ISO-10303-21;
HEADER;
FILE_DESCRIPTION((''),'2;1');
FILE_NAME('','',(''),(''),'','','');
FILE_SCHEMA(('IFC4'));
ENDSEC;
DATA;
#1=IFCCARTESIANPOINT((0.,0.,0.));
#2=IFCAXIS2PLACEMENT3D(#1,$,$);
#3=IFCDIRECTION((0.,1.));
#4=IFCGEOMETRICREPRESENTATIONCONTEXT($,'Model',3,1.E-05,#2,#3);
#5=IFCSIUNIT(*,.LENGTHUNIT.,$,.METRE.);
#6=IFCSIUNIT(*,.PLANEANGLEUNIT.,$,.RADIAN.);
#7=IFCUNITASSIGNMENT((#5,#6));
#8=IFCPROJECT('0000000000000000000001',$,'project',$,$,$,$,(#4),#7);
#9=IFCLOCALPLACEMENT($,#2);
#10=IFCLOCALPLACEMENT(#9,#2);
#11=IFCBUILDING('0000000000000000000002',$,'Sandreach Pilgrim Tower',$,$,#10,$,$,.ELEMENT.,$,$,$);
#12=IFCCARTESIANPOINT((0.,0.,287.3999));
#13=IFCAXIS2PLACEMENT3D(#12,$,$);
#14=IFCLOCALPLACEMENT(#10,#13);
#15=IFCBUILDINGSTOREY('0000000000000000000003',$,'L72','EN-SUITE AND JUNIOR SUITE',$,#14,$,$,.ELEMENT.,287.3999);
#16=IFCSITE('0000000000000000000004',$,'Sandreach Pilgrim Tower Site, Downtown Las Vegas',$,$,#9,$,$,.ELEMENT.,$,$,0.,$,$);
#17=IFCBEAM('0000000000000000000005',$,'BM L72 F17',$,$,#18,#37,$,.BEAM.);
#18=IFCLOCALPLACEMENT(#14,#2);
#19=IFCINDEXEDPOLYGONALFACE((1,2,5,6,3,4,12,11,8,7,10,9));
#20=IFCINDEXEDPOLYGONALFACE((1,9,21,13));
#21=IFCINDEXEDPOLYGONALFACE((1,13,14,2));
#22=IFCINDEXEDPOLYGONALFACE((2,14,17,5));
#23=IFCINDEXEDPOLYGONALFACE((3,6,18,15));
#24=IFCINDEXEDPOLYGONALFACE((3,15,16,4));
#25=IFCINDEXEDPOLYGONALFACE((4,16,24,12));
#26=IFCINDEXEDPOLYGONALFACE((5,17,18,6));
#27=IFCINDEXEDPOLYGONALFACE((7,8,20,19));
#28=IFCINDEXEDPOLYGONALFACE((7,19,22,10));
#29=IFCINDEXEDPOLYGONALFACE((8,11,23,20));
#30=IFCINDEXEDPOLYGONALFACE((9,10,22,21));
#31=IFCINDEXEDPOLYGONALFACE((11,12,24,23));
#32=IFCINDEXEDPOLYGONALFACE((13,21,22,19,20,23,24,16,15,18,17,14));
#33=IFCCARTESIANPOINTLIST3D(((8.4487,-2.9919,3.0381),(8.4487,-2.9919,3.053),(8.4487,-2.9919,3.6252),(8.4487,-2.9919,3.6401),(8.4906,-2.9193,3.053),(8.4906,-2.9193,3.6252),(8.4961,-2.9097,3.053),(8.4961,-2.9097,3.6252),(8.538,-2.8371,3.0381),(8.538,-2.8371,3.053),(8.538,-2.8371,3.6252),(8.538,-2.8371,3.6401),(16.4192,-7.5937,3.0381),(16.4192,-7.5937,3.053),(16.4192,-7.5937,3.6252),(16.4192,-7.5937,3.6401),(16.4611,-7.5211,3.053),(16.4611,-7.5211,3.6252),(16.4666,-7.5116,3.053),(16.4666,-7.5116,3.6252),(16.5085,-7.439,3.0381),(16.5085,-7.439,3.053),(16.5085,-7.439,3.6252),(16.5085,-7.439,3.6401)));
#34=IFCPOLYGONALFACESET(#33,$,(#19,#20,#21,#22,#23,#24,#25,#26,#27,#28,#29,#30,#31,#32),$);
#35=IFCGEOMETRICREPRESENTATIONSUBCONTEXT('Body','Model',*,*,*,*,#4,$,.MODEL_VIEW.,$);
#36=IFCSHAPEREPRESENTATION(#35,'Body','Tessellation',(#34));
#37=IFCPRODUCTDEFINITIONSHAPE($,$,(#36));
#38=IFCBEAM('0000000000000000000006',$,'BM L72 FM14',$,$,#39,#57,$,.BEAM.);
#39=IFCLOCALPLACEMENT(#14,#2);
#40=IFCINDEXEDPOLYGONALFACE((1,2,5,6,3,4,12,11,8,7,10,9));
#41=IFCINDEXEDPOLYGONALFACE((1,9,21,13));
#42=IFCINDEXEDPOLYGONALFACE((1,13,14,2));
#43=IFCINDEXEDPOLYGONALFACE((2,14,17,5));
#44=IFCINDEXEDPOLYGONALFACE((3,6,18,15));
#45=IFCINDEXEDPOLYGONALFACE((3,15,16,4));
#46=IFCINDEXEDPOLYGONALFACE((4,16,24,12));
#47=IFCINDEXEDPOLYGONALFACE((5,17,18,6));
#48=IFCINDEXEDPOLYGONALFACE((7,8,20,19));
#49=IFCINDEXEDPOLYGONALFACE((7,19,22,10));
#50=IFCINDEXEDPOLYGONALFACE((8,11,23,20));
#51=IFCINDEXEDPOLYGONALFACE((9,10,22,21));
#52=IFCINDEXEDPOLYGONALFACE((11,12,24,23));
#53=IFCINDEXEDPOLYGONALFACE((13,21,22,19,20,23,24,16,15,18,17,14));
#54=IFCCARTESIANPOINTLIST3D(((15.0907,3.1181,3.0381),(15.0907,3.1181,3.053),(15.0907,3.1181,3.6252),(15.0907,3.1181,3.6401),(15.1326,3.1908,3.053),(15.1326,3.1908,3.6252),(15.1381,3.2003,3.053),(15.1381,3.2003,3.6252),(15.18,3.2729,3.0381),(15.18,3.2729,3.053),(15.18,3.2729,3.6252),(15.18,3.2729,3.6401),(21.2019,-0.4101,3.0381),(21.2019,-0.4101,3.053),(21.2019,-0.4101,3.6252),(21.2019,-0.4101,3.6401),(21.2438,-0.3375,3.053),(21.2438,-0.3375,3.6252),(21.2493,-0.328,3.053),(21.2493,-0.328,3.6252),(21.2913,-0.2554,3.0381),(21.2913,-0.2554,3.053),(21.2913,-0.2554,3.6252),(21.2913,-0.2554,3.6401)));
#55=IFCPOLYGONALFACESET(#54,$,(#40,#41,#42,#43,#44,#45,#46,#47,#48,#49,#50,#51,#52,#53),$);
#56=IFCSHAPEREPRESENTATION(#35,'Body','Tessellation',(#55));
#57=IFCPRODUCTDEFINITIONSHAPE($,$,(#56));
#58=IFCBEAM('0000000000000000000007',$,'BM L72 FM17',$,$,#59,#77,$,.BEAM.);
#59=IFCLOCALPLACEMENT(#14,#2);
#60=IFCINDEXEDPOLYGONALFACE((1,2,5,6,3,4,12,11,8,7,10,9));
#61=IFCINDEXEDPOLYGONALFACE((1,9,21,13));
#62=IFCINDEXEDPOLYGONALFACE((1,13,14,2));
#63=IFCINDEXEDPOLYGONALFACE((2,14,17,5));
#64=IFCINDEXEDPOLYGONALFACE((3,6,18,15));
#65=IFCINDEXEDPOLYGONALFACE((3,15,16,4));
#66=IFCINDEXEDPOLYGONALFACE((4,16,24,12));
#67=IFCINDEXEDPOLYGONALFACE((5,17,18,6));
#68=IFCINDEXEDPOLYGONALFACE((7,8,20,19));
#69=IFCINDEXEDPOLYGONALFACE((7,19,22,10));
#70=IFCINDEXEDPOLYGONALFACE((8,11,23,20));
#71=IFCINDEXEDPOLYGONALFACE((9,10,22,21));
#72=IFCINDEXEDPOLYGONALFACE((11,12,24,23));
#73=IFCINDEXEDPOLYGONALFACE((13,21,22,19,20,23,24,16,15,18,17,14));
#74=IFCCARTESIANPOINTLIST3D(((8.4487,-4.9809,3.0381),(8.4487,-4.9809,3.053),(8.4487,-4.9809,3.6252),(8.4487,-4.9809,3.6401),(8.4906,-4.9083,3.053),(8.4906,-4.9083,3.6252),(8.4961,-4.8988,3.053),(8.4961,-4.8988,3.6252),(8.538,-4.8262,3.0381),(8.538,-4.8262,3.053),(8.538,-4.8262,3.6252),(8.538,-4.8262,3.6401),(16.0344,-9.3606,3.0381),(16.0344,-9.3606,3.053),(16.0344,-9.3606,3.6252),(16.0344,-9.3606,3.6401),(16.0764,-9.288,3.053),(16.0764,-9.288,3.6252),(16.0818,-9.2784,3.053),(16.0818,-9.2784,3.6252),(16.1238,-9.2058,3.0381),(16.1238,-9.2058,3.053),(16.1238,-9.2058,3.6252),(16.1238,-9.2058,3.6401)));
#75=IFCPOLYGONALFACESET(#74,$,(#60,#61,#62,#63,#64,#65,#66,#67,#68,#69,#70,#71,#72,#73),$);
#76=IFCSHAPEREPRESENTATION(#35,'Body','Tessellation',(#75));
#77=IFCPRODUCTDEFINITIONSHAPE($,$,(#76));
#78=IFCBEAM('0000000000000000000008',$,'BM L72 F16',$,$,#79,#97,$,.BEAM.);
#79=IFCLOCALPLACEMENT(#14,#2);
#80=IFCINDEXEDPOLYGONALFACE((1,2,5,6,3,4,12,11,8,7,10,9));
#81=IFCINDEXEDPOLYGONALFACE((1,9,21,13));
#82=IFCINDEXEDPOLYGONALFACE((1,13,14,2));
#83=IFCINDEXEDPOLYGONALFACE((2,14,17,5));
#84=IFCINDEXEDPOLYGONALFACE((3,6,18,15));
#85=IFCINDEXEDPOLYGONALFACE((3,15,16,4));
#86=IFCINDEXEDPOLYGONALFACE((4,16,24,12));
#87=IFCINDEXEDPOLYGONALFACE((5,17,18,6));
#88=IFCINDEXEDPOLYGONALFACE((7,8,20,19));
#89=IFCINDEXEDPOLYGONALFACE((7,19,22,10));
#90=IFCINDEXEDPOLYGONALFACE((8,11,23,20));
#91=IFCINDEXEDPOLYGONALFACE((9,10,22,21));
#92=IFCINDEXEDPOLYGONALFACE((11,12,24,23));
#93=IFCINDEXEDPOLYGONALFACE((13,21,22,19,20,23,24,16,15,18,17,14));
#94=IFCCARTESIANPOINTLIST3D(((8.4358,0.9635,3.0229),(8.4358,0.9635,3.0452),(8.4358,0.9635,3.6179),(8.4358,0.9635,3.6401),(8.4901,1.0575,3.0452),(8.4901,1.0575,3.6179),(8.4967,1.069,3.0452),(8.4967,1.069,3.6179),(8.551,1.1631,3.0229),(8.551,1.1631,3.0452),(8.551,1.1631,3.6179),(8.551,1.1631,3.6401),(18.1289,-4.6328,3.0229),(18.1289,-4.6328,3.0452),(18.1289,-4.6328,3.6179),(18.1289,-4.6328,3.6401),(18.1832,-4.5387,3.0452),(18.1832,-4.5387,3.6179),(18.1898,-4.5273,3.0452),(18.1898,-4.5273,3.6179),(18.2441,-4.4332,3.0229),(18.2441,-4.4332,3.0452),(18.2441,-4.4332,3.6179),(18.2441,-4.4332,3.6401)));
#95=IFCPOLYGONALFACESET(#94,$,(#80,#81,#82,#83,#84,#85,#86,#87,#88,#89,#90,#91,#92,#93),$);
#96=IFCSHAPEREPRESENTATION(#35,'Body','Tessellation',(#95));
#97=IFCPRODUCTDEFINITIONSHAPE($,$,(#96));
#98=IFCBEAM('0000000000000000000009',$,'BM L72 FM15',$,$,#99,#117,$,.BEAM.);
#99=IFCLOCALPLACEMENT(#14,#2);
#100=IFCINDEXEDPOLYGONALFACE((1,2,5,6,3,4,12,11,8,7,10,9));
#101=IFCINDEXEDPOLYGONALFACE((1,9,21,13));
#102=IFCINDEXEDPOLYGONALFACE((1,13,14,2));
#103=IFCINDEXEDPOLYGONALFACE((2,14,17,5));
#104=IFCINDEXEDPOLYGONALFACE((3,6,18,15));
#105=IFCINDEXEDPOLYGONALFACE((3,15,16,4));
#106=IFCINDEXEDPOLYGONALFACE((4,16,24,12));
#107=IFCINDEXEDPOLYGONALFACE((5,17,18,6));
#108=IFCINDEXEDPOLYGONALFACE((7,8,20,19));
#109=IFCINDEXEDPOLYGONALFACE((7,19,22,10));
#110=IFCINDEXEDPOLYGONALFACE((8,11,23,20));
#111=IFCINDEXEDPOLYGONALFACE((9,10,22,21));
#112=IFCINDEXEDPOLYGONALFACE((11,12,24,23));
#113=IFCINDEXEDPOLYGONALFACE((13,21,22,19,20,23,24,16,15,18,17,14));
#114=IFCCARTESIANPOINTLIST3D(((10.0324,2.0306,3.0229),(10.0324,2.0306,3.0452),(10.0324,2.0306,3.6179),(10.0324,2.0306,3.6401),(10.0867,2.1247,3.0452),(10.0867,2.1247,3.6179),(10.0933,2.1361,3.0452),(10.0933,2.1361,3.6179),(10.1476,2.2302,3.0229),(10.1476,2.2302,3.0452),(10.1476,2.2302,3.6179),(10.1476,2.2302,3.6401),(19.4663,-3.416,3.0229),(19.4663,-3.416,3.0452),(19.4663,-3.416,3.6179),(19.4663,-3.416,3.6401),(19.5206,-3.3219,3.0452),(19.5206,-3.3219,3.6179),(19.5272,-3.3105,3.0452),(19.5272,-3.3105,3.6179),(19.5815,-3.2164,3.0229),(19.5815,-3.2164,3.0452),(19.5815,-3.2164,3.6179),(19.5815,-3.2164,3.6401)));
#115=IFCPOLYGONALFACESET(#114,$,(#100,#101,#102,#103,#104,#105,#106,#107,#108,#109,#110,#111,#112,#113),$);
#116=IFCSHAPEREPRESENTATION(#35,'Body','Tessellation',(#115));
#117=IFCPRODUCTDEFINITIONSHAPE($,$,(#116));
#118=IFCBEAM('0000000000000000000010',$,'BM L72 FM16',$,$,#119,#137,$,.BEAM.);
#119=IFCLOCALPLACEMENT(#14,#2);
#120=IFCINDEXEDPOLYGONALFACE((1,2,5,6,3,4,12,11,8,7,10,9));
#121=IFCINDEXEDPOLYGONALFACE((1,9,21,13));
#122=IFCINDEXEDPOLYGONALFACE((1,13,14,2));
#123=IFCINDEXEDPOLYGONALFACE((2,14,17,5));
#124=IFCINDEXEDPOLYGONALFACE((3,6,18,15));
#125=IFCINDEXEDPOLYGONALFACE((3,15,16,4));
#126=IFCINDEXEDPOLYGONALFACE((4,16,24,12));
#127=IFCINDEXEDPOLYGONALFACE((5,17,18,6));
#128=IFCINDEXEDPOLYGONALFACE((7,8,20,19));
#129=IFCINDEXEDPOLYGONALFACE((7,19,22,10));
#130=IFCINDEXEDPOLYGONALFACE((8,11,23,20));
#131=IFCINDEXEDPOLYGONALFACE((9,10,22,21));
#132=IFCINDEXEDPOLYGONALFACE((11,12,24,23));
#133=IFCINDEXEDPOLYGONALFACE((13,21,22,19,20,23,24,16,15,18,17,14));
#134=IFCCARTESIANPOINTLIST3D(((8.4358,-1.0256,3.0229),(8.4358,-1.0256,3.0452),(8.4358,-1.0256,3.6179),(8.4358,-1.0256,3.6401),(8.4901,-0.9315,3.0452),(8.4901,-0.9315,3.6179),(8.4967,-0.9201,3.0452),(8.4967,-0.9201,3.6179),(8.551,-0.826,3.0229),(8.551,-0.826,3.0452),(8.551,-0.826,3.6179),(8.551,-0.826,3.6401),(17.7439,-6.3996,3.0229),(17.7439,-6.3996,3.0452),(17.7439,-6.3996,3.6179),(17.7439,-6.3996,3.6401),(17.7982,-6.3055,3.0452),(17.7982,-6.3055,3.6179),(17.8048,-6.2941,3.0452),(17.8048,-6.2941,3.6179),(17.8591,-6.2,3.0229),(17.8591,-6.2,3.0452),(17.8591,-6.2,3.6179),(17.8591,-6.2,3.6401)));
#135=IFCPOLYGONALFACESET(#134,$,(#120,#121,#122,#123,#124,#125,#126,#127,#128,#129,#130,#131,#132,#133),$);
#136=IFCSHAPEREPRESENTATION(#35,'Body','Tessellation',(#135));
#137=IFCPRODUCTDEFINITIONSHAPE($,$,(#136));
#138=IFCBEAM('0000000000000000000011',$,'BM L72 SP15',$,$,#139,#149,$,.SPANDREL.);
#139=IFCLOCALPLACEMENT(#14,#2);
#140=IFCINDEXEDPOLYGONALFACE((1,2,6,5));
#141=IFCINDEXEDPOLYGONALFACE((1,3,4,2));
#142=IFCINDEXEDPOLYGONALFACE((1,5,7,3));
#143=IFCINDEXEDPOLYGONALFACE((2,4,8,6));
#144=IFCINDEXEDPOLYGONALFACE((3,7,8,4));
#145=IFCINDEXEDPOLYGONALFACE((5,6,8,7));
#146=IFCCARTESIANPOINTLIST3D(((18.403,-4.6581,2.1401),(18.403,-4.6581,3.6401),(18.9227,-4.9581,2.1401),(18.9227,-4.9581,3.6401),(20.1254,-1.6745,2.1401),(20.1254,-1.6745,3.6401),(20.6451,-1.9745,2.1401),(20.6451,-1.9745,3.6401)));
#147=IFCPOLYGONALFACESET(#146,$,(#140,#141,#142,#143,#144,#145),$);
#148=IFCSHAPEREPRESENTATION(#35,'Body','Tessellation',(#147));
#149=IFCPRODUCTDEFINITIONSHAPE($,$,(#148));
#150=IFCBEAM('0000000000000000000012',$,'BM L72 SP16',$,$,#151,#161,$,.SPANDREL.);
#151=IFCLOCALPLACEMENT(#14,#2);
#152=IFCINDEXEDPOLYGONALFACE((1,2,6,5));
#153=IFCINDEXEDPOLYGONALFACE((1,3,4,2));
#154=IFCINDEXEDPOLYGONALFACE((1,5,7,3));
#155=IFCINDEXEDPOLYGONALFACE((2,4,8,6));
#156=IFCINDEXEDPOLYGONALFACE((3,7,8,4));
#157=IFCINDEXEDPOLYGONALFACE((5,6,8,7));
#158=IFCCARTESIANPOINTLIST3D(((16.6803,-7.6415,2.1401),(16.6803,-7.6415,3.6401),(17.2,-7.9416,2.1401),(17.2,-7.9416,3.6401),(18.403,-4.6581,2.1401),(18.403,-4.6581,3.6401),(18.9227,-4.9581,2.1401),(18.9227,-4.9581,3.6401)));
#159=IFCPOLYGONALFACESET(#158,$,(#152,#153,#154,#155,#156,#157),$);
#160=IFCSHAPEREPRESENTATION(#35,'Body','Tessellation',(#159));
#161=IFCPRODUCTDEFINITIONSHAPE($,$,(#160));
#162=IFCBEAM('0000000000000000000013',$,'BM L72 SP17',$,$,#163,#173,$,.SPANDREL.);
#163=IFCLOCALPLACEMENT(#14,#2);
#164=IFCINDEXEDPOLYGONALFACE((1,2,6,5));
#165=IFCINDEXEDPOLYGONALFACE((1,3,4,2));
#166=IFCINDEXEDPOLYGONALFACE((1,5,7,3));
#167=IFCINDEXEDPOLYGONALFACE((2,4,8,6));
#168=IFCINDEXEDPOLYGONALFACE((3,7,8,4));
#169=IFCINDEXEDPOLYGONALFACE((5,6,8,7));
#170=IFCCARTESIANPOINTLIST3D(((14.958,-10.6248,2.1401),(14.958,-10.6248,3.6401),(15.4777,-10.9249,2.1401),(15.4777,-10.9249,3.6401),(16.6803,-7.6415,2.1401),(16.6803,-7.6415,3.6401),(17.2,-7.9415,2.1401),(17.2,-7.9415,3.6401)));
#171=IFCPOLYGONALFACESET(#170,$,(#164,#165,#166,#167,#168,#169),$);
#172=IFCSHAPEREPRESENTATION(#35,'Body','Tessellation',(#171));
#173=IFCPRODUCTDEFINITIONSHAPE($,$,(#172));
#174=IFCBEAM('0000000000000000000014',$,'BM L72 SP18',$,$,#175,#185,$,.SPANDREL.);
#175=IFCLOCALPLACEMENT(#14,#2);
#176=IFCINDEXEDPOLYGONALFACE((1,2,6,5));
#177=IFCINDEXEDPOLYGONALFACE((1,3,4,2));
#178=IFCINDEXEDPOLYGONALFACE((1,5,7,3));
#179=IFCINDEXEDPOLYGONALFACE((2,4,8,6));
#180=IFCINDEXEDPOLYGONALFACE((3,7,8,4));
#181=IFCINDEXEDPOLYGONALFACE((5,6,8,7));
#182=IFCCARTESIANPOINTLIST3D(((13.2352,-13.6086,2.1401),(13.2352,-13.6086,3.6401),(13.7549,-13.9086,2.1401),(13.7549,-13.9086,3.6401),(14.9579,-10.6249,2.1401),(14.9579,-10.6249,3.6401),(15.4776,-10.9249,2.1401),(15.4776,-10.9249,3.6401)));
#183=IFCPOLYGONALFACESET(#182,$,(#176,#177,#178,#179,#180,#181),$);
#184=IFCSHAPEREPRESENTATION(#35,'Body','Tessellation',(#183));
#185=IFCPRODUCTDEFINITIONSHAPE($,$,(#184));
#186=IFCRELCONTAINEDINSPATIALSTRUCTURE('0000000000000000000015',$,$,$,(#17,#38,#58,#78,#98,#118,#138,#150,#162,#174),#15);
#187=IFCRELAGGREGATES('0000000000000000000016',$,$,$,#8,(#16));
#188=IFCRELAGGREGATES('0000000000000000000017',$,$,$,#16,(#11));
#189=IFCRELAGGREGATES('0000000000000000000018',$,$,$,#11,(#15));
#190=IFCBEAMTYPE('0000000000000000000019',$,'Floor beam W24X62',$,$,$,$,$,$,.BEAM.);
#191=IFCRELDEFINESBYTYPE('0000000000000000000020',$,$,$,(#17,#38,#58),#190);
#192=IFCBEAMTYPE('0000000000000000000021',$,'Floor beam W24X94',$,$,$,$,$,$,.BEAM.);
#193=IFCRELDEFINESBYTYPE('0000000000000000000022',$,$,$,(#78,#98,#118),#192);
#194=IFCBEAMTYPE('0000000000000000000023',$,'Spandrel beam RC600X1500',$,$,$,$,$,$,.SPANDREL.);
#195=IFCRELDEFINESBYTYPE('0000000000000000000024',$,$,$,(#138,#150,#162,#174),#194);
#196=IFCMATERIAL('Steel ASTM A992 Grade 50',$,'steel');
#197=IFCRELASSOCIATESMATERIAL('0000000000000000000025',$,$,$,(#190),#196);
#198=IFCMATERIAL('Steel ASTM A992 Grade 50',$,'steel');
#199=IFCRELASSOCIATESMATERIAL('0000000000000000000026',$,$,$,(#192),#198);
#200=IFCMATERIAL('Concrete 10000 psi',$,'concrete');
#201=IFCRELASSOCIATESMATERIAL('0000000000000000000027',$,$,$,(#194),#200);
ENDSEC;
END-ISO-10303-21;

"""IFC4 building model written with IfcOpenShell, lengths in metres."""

from ifc_helpers import new_model, si_unit, direction, frame, origin, origin_2d, place, context, subcontext, project, spatial, rectangle, i_section, extrude, material, material_profile, profile_set, type_object, element, save


model = new_model("IFC4")

# Units and contexts
model_context = context("Model", 3, precision=1e-05, world=origin(), true_north=direction((0.0, 1.0)))
body_context = subcontext(model_context, "Body", "Model", "MODEL_VIEW")
ifc_project = project(units=[si_unit("LENGTHUNIT", "METRE"), si_unit("PLANEANGLEUNIT", "RADIAN")], contexts=[model_context])

# Site, building, storey
site_placement = place(None, origin())
site = spatial("IfcSite", under=ifc_project, at=site_placement, Name="Sandreach Pilgrim Tower Site, Downtown Las Vegas", CompositionType="ELEMENT", RefElevation=0.0)
building_placement = place(site_placement, origin())
building = spatial("IfcBuilding", under=site, at=building_placement, Name="Sandreach Pilgrim Tower", CompositionType="ELEMENT")
storey_placement = place(building_placement, frame((0.0, 0.0, 287.3999)))
storey = spatial("IfcBuildingStorey", under=building, at=storey_placement, Name="L72", Description="EN-SUITE AND JUNIOR SUITE", CompositionType="ELEMENT", Elevation=287.3999)

# Beams
ifc_material_1 = material(Name="Steel ASTM A992 Grade 50", Category="steel")
ifc_material_profile_1 = material_profile(ifc_material_1, i_section(OverallWidth=0.1787, OverallDepth=0.6021, WebThickness=0.011, FlangeThickness=0.0149, at=origin_2d()), Name="W24X62")
ifc_profile_set_1 = profile_set([ifc_material_profile_1], Name="Steel ASTM A992 Grade 50")
beam_type_1 = type_object("IfcBeamType", Name="Floor beam W24X62", PredefinedType="BEAM", material=ifc_profile_set_1)
beam_1_placement = place(storey_placement, frame((16.4639, -7.5164, 3.3391), z_axis=(-0.866023, 0.500005, 0.0), x_axis=(-0.500005, -0.866023, 0.0)))
element("IfcBeam", 1, at=beam_1_placement, inside=storey, type_object=beam_type_1, Name="BM L72 F17", PredefinedType="BEAM", context=body_context, shape_type="SweptSolid", body=[
    extrude(i_section(OverallWidth=0.1787, OverallDepth=0.6021, WebThickness=0.011, FlangeThickness=0.0149, at=origin_2d()), origin(), (0.0, 0.0, 1.0), 9.2036),
])
beam_2_placement = place(storey_placement, frame((21.2466, -0.3328, 3.3391), z_axis=(-0.866029, 0.499994, 0.0), x_axis=(-0.499994, -0.866029, 0.0)))
element("IfcBeam", 2, at=beam_2_placement, inside=storey, type_object=beam_type_1, Name="BM L72 FM14", PredefinedType="BEAM", context=body_context, shape_type="SweptSolid", body=[
    extrude(i_section(OverallWidth=0.1787, OverallDepth=0.6021, WebThickness=0.011, FlangeThickness=0.0149, at=origin_2d()), origin(), (0.0, 0.0, 1.0), 7.0566),
])
beam_3_placement = place(storey_placement, frame((16.0791, -9.2832, 3.3391), z_axis=(-0.866024, 0.500003, 0.0), x_axis=(-0.500003, -0.866024, 0.0)))
element("IfcBeam", 3, at=beam_3_placement, inside=storey, type_object=beam_type_1, Name="BM L72 FM17", PredefinedType="BEAM", context=body_context, shape_type="SweptSolid", body=[
    extrude(i_section(OverallWidth=0.1787, OverallDepth=0.6021, WebThickness=0.011, FlangeThickness=0.0149, at=origin_2d()), origin(), (0.0, 0.0, 1.0), 8.7593),
])
ifc_material_2 = material(Name="Steel ASTM A992 Grade 50", Category="steel")
ifc_material_profile_2 = material_profile(ifc_material_2, i_section(OverallWidth=0.2305, OverallDepth=0.6172, WebThickness=0.0132, FlangeThickness=0.0222, at=origin_2d()), Name="W24X94")
ifc_profile_set_2 = profile_set([ifc_material_profile_2], Name="Steel ASTM A992 Grade 50")
beam_type_2 = type_object("IfcBeamType", Name="Floor beam W24X94", PredefinedType="BEAM", material=ifc_profile_set_2)
beam_4_placement = place(storey_placement, frame((18.1865, -4.533, 3.3315), z_axis=(-0.86603, 0.499991, 0.0), x_axis=(-0.499991, -0.86603, 0.0)))
element("IfcBeam", 4, at=beam_4_placement, inside=storey, type_object=beam_type_2, Name="BM L72 F16", PredefinedType="BEAM", context=body_context, shape_type="SweptSolid", body=[
    extrude(i_section(OverallWidth=0.2305, OverallDepth=0.6172, WebThickness=0.0132, FlangeThickness=0.0222, at=origin_2d()), origin(), (0.0, 0.0, 1.0), 11.1926),
])
beam_5_placement = place(storey_placement, frame((19.5239, -3.3162, 3.3315), z_axis=(-0.866029, 0.499993, 0.0), x_axis=(-0.499993, -0.866029, 0.0)))
element("IfcBeam", 5, at=beam_5_placement, inside=storey, type_object=beam_type_2, Name="BM L72 FM15", PredefinedType="BEAM", context=body_context, shape_type="SweptSolid", body=[
    extrude(i_section(OverallWidth=0.2305, OverallDepth=0.6172, WebThickness=0.0132, FlangeThickness=0.0222, at=origin_2d()), origin(), (0.0, 0.0, 1.0), 10.8933),
])
beam_6_placement = place(storey_placement, frame((17.8015, -6.2998, 3.3315), z_axis=(-0.866026, 0.499999, 0.0), x_axis=(-0.499999, -0.866026, 0.0)))
element("IfcBeam", 6, at=beam_6_placement, inside=storey, type_object=beam_type_2, Name="BM L72 FM16", PredefinedType="BEAM", context=body_context, shape_type="SweptSolid", body=[
    extrude(i_section(OverallWidth=0.2305, OverallDepth=0.6172, WebThickness=0.0132, FlangeThickness=0.0222, at=origin_2d()), origin(), (0.0, 0.0, 1.0), 10.748),
])
ifc_material_3 = material(Name="Concrete 10000 psi", Category="concrete")
ifc_material_profile_3 = material_profile(ifc_material_3, rectangle(XDim=0.6001, YDim=1.5, at=origin_2d()), Name="RC600X1500")
ifc_profile_set_3 = profile_set([ifc_material_profile_3], Name="Concrete 10000 psi")
beam_type_3 = type_object("IfcBeamType", Name="Spandrel beam RC600X1500", PredefinedType="SPANDREL", material=ifc_profile_set_3)
for number, where, z_axis, x_axis, name in (
    (7, (20.3853, -1.8245, 2.8901), (-0.499958, -0.86605, 0.0), (0.86605, -0.499958, 0.0), "BM L72 SP15"),
    (8, (18.6628, -4.8081, 2.8901), (-0.500041, -0.866001, 0.0), (0.866001, -0.500041, 0.0), "BM L72 SP16"),
):
    element("IfcBeam", number, at=place(storey_placement, frame(where, z_axis=z_axis, x_axis=x_axis)), inside=storey, type_object=beam_type_3, Name=name, PredefinedType="SPANDREL", context=body_context, shape_type="SweptSolid", body=[
        extrude(rectangle(XDim=0.6001, YDim=1.5, at=origin_2d()), origin(), (0.0, 0.0, 1.0), 3.4451),
    ])
beam_7_placement = place(storey_placement, frame((16.9402, -7.7915, 2.8901), z_axis=(-0.499988, -0.866032, 0.0), x_axis=(0.866032, -0.499988, 0.0)))
element("IfcBeam", 9, at=beam_7_placement, inside=storey, type_object=beam_type_3, Name="BM L72 SP17", PredefinedType="SPANDREL", context=body_context, shape_type="SweptSolid", body=[
    extrude(rectangle(XDim=0.6001, YDim=1.5, at=origin_2d()), origin(), (0.0, 0.0, 1.0), 3.4448),
])
beam_8_placement = place(storey_placement, frame((15.2178, -10.7749, 2.8901), z_axis=(-0.500011, -0.866019, 0.0), x_axis=(0.866019, -0.500011, 0.0)))
element("IfcBeam", 10, at=beam_8_placement, inside=storey, type_object=beam_type_3, Name="BM L72 SP18", PredefinedType="SPANDREL", context=body_context, shape_type="SweptSolid", body=[
    extrude(rectangle(XDim=0.6001, YDim=1.5, at=origin_2d()), origin(), (0.0, 0.0, 1.0), 3.4453),
])

save(model, "model.ifc")
